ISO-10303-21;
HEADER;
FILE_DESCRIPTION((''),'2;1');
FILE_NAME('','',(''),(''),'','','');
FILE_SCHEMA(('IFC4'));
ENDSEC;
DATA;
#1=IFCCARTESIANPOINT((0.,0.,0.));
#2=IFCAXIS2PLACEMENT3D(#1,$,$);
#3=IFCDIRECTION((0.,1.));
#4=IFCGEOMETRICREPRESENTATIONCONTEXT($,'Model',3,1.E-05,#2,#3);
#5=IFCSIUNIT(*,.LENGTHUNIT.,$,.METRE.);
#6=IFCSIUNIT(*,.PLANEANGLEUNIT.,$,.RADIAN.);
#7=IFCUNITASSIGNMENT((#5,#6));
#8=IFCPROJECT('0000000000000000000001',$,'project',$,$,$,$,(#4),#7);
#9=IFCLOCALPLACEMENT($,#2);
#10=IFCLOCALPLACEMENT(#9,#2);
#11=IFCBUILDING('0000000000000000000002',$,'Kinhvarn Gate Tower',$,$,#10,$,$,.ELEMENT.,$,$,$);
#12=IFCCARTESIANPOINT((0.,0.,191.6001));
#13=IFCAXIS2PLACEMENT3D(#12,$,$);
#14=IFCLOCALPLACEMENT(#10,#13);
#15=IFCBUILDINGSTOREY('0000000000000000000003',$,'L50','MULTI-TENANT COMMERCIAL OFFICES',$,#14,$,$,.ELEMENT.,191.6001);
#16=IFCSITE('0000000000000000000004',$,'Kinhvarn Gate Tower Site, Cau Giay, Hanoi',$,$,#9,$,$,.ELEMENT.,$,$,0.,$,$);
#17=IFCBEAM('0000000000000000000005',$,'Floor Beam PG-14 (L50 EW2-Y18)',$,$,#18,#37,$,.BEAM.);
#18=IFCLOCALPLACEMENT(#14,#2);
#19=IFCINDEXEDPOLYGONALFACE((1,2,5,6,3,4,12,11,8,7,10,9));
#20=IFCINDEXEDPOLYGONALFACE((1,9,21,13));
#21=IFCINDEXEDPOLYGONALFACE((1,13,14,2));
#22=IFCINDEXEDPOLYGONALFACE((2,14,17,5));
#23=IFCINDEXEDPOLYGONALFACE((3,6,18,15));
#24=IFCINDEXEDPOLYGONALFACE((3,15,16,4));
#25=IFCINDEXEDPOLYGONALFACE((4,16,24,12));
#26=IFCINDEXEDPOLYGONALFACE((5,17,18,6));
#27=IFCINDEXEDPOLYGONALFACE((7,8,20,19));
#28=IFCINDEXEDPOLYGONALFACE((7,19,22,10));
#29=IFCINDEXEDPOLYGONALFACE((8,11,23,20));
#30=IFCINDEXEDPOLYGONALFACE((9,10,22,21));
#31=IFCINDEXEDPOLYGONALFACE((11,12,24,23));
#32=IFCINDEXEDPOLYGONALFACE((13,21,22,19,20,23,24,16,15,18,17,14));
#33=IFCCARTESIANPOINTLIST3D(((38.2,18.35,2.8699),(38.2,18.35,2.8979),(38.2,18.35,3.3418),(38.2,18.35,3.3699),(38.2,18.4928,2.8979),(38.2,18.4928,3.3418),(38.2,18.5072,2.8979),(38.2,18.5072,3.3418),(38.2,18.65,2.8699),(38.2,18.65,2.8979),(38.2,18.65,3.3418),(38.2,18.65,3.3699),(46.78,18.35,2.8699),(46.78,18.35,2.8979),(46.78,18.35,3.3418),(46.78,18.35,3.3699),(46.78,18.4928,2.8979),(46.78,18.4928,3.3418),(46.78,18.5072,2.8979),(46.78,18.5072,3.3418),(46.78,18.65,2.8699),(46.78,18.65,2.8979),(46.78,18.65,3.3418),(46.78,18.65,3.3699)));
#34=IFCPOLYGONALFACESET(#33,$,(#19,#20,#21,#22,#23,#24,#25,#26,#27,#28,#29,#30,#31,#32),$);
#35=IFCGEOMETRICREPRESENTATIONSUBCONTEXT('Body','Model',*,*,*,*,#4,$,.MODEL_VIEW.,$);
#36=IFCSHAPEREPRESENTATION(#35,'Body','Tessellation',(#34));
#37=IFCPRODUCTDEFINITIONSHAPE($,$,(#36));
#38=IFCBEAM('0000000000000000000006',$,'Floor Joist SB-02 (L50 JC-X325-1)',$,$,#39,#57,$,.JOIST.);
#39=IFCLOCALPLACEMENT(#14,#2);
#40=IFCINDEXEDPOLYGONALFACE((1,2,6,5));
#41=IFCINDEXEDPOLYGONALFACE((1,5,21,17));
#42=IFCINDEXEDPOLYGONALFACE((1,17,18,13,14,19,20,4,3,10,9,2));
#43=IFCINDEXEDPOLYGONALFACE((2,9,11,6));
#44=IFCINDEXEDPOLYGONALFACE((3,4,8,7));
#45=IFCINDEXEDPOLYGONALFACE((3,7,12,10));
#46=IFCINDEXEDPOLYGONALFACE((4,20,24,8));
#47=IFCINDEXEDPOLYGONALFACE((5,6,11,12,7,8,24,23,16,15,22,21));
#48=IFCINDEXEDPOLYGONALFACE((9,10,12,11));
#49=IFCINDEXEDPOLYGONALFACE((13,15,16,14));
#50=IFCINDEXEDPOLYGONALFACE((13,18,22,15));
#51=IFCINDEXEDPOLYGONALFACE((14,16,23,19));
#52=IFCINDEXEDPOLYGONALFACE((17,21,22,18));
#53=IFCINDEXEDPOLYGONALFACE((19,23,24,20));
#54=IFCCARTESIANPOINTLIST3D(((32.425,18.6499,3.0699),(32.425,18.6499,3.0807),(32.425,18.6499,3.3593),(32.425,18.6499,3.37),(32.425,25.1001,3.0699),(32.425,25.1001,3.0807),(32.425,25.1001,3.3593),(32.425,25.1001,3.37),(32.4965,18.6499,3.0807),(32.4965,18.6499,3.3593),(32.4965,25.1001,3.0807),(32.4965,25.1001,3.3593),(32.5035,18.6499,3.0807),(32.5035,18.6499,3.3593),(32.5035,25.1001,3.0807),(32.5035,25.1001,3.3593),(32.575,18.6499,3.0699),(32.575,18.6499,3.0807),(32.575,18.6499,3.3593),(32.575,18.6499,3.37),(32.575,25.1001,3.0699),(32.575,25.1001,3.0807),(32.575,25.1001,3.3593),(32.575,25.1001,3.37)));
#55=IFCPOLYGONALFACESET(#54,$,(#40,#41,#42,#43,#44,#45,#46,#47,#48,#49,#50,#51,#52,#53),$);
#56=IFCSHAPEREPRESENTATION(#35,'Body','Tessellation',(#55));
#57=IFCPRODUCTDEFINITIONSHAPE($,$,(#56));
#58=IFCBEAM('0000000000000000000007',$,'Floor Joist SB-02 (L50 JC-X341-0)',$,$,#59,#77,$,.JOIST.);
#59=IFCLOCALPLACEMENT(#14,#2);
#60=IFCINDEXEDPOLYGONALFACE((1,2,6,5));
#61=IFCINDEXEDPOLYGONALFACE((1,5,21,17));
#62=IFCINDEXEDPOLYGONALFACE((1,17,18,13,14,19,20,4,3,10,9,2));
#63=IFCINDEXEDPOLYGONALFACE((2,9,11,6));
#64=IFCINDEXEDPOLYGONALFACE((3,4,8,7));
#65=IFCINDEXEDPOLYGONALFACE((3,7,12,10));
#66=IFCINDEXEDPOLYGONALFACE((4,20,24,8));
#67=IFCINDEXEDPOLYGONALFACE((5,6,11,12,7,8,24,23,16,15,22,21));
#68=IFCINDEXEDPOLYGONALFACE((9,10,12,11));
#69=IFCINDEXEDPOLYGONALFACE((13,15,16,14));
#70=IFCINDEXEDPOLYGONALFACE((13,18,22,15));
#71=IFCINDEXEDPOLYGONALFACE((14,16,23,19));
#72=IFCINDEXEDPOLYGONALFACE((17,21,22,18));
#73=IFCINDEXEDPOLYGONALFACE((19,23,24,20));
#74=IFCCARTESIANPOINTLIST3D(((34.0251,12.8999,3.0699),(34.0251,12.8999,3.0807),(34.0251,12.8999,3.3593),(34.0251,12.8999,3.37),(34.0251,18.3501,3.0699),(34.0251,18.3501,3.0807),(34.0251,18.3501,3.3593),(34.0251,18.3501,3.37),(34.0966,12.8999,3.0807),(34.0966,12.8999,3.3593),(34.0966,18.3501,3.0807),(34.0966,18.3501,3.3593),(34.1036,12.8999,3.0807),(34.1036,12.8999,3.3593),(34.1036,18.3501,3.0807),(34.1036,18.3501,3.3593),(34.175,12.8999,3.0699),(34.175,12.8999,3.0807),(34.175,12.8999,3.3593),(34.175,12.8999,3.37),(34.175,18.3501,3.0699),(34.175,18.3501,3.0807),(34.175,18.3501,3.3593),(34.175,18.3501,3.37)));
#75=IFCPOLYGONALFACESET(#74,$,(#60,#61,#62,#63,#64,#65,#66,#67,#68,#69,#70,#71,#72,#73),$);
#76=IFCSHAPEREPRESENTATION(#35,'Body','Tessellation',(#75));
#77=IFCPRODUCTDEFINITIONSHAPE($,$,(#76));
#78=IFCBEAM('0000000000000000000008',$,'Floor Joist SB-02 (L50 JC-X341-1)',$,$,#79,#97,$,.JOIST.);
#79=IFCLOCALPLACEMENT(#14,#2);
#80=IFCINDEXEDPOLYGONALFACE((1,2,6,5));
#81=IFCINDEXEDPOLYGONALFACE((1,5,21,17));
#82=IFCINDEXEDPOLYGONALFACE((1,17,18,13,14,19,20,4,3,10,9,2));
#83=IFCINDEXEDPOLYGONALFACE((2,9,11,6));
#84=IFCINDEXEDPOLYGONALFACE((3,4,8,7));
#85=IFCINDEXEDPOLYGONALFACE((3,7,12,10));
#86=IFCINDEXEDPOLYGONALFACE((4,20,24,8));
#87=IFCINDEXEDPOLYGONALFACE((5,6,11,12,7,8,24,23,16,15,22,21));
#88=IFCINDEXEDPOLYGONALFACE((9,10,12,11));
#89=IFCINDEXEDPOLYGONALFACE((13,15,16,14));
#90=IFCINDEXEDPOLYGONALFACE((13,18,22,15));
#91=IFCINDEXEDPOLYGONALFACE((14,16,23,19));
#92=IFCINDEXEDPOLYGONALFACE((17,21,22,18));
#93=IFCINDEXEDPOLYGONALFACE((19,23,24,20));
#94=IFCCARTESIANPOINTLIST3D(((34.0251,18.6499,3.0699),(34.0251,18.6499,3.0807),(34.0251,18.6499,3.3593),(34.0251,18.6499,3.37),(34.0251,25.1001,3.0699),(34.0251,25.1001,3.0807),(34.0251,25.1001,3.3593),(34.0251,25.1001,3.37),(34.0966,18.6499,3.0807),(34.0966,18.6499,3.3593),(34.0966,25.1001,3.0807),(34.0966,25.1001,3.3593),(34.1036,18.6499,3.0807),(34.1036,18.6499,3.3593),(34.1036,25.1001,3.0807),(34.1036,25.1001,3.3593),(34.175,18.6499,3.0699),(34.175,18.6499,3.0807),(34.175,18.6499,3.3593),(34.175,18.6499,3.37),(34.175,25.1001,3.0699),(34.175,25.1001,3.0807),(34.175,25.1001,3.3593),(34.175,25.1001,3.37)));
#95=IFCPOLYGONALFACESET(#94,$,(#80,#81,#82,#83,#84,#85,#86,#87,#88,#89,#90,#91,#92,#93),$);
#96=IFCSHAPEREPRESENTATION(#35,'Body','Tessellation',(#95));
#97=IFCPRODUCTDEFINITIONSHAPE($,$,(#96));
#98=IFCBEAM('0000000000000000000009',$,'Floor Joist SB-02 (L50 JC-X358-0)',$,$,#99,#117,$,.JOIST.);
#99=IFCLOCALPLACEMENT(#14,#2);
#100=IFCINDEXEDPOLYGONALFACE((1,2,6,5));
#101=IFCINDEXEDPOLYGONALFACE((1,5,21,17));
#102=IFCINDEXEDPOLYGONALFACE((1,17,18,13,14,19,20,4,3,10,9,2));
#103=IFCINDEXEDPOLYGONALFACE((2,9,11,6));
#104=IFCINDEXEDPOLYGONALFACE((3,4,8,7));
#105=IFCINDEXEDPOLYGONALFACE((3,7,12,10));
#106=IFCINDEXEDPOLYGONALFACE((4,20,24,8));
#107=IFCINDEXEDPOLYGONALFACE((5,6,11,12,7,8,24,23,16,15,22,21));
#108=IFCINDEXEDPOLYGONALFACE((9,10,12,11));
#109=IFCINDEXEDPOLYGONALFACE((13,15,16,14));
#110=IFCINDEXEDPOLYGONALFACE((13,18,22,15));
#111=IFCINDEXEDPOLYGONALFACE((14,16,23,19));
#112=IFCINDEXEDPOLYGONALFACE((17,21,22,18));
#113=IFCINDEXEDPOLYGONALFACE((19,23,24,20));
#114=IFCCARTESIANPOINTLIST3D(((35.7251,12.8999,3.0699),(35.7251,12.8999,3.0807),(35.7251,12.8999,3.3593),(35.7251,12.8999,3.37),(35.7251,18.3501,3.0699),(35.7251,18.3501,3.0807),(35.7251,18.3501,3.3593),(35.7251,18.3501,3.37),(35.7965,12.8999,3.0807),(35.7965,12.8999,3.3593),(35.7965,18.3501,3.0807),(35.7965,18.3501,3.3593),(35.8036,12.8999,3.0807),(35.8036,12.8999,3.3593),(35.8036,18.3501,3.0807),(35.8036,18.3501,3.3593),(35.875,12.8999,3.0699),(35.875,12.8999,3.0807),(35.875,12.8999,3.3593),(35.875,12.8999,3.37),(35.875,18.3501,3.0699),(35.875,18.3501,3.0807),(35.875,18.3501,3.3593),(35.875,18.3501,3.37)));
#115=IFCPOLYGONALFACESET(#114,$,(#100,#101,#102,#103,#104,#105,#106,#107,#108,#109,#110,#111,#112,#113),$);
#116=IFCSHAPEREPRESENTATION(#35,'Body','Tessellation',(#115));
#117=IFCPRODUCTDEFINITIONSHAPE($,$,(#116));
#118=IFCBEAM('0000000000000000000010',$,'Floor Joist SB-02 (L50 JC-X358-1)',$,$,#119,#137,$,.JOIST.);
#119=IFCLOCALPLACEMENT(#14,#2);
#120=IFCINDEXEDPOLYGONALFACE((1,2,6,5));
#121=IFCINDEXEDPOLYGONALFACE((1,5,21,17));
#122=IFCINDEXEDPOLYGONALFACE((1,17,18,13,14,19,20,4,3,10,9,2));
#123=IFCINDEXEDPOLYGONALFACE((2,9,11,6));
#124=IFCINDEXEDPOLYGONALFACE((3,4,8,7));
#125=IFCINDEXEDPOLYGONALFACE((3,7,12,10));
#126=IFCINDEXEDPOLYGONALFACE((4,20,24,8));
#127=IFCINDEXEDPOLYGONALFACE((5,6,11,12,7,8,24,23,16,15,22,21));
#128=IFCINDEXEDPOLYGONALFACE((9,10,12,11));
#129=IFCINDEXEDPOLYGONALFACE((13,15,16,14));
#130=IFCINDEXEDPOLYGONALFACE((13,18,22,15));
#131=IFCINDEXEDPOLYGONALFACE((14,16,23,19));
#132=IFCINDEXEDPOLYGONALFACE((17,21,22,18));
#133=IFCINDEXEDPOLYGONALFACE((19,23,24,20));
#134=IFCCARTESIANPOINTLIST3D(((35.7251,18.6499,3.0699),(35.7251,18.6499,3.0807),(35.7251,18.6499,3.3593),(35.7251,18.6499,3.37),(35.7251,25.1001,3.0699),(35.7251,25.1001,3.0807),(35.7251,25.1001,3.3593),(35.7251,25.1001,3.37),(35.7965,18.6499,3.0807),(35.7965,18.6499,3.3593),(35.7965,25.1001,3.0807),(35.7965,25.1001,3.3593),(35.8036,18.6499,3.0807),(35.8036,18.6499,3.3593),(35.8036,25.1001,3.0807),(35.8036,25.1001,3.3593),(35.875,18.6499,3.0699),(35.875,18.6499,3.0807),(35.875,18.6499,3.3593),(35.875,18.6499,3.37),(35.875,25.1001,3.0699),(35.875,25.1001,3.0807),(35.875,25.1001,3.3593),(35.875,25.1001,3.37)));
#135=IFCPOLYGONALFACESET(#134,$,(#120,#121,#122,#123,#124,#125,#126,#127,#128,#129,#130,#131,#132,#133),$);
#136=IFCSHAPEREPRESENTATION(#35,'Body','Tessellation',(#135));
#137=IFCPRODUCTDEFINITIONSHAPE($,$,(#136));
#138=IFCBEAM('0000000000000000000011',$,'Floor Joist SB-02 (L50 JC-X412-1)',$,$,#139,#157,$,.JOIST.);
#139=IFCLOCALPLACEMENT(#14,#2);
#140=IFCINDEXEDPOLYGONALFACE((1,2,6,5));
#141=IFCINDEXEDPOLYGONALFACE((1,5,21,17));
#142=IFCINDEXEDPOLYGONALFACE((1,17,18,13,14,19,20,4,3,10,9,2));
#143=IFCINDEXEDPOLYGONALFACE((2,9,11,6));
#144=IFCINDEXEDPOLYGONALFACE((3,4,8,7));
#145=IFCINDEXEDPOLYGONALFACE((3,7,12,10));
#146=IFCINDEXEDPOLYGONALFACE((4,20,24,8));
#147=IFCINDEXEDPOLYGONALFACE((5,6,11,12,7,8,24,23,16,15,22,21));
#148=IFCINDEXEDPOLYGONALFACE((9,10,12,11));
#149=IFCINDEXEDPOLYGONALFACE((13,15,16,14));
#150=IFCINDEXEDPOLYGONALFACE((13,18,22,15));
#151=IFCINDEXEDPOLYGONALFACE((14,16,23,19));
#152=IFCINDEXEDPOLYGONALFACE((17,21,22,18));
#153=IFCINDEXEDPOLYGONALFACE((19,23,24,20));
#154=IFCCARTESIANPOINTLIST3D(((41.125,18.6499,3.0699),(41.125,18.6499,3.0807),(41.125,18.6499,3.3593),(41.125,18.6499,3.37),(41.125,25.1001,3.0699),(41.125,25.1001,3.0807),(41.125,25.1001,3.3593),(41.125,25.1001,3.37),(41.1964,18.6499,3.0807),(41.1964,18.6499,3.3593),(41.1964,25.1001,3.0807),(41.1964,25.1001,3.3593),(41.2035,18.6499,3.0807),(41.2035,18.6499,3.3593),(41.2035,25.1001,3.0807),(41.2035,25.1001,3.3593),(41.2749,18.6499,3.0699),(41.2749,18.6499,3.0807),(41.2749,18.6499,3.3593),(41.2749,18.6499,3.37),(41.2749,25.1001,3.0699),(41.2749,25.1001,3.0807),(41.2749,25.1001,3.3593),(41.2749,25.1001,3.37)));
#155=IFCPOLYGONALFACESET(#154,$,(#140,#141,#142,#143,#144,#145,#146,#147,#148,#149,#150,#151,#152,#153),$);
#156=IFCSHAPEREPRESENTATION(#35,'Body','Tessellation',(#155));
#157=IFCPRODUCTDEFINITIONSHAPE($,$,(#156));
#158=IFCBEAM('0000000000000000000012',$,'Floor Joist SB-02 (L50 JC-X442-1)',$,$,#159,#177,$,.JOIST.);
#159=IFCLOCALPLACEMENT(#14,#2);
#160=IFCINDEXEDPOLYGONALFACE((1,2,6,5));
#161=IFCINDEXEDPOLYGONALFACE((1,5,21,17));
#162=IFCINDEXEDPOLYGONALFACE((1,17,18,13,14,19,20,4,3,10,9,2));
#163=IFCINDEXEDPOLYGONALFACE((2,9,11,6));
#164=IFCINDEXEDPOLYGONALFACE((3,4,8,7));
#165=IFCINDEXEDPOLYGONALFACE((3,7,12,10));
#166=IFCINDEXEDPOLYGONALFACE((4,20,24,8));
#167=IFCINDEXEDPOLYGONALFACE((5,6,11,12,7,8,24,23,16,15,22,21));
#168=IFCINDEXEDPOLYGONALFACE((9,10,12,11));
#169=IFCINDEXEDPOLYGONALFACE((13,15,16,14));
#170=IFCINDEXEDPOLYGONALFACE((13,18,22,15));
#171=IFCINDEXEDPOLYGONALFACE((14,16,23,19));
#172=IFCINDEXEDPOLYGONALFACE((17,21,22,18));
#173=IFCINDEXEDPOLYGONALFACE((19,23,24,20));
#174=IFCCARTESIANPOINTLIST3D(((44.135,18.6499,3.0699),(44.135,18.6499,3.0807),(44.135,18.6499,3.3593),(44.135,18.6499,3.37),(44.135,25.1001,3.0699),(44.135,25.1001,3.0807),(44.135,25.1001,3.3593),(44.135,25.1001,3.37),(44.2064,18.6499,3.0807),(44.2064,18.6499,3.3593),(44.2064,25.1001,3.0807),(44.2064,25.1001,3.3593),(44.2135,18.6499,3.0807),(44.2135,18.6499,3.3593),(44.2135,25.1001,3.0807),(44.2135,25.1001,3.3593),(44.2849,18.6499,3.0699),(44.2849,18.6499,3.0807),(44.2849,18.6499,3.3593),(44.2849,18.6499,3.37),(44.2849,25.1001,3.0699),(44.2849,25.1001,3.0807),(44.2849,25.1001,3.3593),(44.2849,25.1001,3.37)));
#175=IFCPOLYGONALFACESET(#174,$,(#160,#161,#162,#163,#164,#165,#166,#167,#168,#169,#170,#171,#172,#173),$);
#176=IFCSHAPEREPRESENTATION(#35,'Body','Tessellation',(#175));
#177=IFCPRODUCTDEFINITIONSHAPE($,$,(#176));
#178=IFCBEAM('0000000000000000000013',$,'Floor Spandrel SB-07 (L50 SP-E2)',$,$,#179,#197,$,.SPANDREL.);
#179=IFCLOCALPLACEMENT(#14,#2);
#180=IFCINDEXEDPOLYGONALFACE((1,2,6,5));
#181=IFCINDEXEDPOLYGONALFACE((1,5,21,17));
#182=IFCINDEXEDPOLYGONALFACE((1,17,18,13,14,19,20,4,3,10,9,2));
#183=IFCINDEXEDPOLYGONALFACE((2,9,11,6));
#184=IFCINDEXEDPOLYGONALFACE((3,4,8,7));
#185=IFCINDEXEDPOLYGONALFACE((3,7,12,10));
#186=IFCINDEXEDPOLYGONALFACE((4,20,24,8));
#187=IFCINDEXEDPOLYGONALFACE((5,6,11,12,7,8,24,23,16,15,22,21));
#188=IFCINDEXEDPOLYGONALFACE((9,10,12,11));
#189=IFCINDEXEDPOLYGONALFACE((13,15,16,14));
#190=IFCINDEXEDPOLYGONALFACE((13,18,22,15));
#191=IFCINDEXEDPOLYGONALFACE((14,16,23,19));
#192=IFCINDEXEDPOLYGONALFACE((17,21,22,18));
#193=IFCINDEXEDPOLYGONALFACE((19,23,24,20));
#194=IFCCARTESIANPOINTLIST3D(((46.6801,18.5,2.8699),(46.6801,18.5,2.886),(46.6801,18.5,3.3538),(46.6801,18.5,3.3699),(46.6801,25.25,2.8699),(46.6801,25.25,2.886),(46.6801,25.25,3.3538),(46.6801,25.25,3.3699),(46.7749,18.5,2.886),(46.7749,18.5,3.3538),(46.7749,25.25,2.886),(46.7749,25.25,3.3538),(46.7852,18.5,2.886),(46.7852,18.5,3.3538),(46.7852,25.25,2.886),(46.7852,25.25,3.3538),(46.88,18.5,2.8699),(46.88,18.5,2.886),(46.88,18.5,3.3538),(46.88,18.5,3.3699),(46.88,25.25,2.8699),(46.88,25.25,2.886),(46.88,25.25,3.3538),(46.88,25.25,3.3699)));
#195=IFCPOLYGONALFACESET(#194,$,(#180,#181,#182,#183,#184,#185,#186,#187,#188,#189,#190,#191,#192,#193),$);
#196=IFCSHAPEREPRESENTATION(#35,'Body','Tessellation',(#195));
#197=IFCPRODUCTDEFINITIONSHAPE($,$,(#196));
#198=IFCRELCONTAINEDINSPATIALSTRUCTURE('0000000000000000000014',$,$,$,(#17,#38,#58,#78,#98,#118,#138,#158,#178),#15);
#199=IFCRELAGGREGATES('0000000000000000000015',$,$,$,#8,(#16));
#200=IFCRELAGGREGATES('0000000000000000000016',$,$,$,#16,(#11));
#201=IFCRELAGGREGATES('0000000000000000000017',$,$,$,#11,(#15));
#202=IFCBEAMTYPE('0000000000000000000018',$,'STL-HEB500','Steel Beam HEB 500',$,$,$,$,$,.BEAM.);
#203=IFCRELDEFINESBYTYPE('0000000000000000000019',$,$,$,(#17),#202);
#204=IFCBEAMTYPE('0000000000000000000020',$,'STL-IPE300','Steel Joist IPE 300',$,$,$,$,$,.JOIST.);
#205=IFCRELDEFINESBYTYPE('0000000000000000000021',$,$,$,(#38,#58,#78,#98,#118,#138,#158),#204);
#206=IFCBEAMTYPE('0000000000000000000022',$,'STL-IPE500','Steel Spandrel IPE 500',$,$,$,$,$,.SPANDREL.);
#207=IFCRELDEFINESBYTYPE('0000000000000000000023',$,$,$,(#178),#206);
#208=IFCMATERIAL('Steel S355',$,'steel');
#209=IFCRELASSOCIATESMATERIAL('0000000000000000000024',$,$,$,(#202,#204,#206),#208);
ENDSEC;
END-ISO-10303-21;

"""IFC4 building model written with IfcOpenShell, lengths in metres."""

from ifc_helpers import new_model, si_unit, direction, frame, origin, origin_2d, place, context, subcontext, project, spatial, i_section, extrude, material, material_profile, profile_set, type_object, element, save


model = new_model("IFC4")

# Units and contexts
model_context = context("Model", 3, precision=1e-05, world=origin(), true_north=direction((0.0, 1.0)))
body_context = subcontext(model_context, "Body", "Model", "MODEL_VIEW")
ifc_project = project(units=[si_unit("LENGTHUNIT", "METRE"), si_unit("PLANEANGLEUNIT", "RADIAN")], contexts=[model_context])

# Site, building, storey
site_placement = place(None, origin())
site = spatial("IfcSite", under=ifc_project, at=site_placement, Name="Kinhvarn Gate Tower Site, Cau Giay, Hanoi", CompositionType="ELEMENT", RefElevation=0.0)
building_placement = place(site_placement, origin())
building = spatial("IfcBuilding", under=site, at=building_placement, Name="Kinhvarn Gate Tower", CompositionType="ELEMENT")
storey_placement = place(building_placement, frame((0.0, 0.0, 191.6001)))
storey = spatial("IfcBuildingStorey", under=building, at=storey_placement, Name="L50", Description="MULTI-TENANT COMMERCIAL OFFICES", CompositionType="ELEMENT", Elevation=191.6001)

# Beams
ifc_material_1 = material(Name="Steel S355", Category="steel")
ifc_material_profile_1 = material_profile(ifc_material_1, i_section(OverallWidth=0.3, OverallDepth=0.5, WebThickness=0.0144, FlangeThickness=0.0281, at=origin_2d()), Name="HEB 500")
ifc_profile_set_1 = profile_set([ifc_material_profile_1], Name="Steel S355")
beam_type_1 = type_object("IfcBeamType", Name="STL-HEB500", Description="Steel Beam HEB 500", PredefinedType="BEAM", material=ifc_profile_set_1)
beam_1_placement = place(storey_placement, frame((38.2, 18.5, 3.1199), z_axis=(1.0, 0.0, 0.0), x_axis=(0.0, 1.0, 0.0)))
element("IfcBeam", 1, at=beam_1_placement, inside=storey, type_object=beam_type_1, Name="Floor Beam PG-14 (L50 EW2-Y18)", PredefinedType="BEAM", context=body_context, shape_type="SweptSolid", body=[
    extrude(i_section(OverallWidth=0.3, OverallDepth=0.5, WebThickness=0.0144, FlangeThickness=0.0281, at=origin_2d()), origin(), (0.0, 0.0, 1.0), 8.5801),
])
ifc_material_profile_2 = material_profile(ifc_material_1, i_section(OverallWidth=0.1499, OverallDepth=0.3, WebThickness=0.0071, FlangeThickness=0.0107, at=origin_2d()), Name="IPE 300")
ifc_profile_set_2 = profile_set([ifc_material_profile_2], Name="Steel S355")
beam_type_2 = type_object("IfcBeamType", Name="STL-IPE300", Description="Steel Joist IPE 300", PredefinedType="JOIST", material=ifc_profile_set_2)
beam_2_placement = place(storey_placement, frame((32.5, 18.6499, 3.22), z_axis=(0.0, 1.0, 0.0), x_axis=(-1.0, 0.0, 0.0)))
element("IfcBeam", 2, at=beam_2_placement, inside=storey, type_object=beam_type_2, Name="Floor Joist SB-02 (L50 JC-X325-1)", PredefinedType="JOIST", context=body_context, shape_type="SweptSolid", body=[
    extrude(i_section(OverallWidth=0.1499, OverallDepth=0.3, WebThickness=0.0071, FlangeThickness=0.0107, at=origin_2d()), origin(), (0.0, 0.0, 1.0), 6.4502),
])
beam_3_placement = place(storey_placement, frame((34.1001, 12.8999, 3.22), z_axis=(0.0, 1.0, 0.0), x_axis=(-1.0, 0.0, 0.0)))
element("IfcBeam", 3, at=beam_3_placement, inside=storey, type_object=beam_type_2, Name="Floor Joist SB-02 (L50 JC-X341-0)", PredefinedType="JOIST", context=body_context, shape_type="SweptSolid", body=[
    extrude(i_section(OverallWidth=0.1499, OverallDepth=0.3, WebThickness=0.0071, FlangeThickness=0.0107, at=origin_2d()), origin(), (0.0, 0.0, 1.0), 5.4502),
])
beam_4_placement = place(storey_placement, frame((34.1001, 18.6499, 3.22), z_axis=(0.0, 1.0, 0.0), x_axis=(-1.0, 0.0, 0.0)))
element("IfcBeam", 4, at=beam_4_placement, inside=storey, type_object=beam_type_2, Name="Floor Joist SB-02 (L50 JC-X341-1)", PredefinedType="JOIST", context=body_context, shape_type="SweptSolid", body=[
    extrude(i_section(OverallWidth=0.1499, OverallDepth=0.3, WebThickness=0.0071, FlangeThickness=0.0107, at=origin_2d()), origin(), (0.0, 0.0, 1.0), 6.4502),
])
beam_5_placement = place(storey_placement, frame((35.8, 12.8999, 3.22), z_axis=(0.0, 1.0, 0.0), x_axis=(-1.0, 0.0, 0.0)))
element("IfcBeam", 5, at=beam_5_placement, inside=storey, type_object=beam_type_2, Name="Floor Joist SB-02 (L50 JC-X358-0)", PredefinedType="JOIST", context=body_context, shape_type="SweptSolid", body=[
    extrude(i_section(OverallWidth=0.1499, OverallDepth=0.3, WebThickness=0.0071, FlangeThickness=0.0107, at=origin_2d()), origin(), (0.0, 0.0, 1.0), 5.4502),
])
for number, where, z_axis, x_axis, name in (
    (6, (35.8, 18.6499, 3.22), (0.0, 1.0, 0.0), (-1.0, 0.0, 0.0), "Floor Joist SB-02 (L50 JC-X358-1)"),
    (7, (41.2, 18.6499, 3.22), (0.0, 1.0, 0.0), (-1.0, 0.0, 0.0), "Floor Joist SB-02 (L50 JC-X412-1)"),
    (8, (44.21, 18.6499, 3.22), (0.0, 1.0, 0.0), (-1.0, 0.0, 0.0), "Floor Joist SB-02 (L50 JC-X442-1)"),
):
    element("IfcBeam", number, at=place(storey_placement, frame(where, z_axis=z_axis, x_axis=x_axis)), inside=storey, type_object=beam_type_2, Name=name, PredefinedType="JOIST", context=body_context, shape_type="SweptSolid", body=[
        extrude(i_section(OverallWidth=0.1499, OverallDepth=0.3, WebThickness=0.0071, FlangeThickness=0.0107, at=origin_2d()), origin(), (0.0, 0.0, 1.0), 6.4502),
    ])
ifc_material_profile_3 = material_profile(ifc_material_1, i_section(OverallWidth=0.2, OverallDepth=0.5, WebThickness=0.0103, FlangeThickness=0.0161, at=origin_2d()), Name="IPE 500")
ifc_profile_set_3 = profile_set([ifc_material_profile_3], Name="Steel S355")
beam_type_3 = type_object("IfcBeamType", Name="STL-IPE500", Description="Steel Spandrel IPE 500", PredefinedType="SPANDREL", material=ifc_profile_set_3)
beam_6_placement = place(storey_placement, frame((46.78, 18.5, 3.1199), z_axis=(0.0, 1.0, 0.0), x_axis=(-1.0, 0.0, 0.0)))
element("IfcBeam", 9, at=beam_6_placement, inside=storey, type_object=beam_type_3, Name="Floor Spandrel SB-07 (L50 SP-E2)", PredefinedType="SPANDREL", context=body_context, shape_type="SweptSolid", body=[
    extrude(i_section(OverallWidth=0.2, OverallDepth=0.5, WebThickness=0.0103, FlangeThickness=0.0161, at=origin_2d()), origin(), (0.0, 0.0, 1.0), 6.75),
])

save(model, "model.ifc")
